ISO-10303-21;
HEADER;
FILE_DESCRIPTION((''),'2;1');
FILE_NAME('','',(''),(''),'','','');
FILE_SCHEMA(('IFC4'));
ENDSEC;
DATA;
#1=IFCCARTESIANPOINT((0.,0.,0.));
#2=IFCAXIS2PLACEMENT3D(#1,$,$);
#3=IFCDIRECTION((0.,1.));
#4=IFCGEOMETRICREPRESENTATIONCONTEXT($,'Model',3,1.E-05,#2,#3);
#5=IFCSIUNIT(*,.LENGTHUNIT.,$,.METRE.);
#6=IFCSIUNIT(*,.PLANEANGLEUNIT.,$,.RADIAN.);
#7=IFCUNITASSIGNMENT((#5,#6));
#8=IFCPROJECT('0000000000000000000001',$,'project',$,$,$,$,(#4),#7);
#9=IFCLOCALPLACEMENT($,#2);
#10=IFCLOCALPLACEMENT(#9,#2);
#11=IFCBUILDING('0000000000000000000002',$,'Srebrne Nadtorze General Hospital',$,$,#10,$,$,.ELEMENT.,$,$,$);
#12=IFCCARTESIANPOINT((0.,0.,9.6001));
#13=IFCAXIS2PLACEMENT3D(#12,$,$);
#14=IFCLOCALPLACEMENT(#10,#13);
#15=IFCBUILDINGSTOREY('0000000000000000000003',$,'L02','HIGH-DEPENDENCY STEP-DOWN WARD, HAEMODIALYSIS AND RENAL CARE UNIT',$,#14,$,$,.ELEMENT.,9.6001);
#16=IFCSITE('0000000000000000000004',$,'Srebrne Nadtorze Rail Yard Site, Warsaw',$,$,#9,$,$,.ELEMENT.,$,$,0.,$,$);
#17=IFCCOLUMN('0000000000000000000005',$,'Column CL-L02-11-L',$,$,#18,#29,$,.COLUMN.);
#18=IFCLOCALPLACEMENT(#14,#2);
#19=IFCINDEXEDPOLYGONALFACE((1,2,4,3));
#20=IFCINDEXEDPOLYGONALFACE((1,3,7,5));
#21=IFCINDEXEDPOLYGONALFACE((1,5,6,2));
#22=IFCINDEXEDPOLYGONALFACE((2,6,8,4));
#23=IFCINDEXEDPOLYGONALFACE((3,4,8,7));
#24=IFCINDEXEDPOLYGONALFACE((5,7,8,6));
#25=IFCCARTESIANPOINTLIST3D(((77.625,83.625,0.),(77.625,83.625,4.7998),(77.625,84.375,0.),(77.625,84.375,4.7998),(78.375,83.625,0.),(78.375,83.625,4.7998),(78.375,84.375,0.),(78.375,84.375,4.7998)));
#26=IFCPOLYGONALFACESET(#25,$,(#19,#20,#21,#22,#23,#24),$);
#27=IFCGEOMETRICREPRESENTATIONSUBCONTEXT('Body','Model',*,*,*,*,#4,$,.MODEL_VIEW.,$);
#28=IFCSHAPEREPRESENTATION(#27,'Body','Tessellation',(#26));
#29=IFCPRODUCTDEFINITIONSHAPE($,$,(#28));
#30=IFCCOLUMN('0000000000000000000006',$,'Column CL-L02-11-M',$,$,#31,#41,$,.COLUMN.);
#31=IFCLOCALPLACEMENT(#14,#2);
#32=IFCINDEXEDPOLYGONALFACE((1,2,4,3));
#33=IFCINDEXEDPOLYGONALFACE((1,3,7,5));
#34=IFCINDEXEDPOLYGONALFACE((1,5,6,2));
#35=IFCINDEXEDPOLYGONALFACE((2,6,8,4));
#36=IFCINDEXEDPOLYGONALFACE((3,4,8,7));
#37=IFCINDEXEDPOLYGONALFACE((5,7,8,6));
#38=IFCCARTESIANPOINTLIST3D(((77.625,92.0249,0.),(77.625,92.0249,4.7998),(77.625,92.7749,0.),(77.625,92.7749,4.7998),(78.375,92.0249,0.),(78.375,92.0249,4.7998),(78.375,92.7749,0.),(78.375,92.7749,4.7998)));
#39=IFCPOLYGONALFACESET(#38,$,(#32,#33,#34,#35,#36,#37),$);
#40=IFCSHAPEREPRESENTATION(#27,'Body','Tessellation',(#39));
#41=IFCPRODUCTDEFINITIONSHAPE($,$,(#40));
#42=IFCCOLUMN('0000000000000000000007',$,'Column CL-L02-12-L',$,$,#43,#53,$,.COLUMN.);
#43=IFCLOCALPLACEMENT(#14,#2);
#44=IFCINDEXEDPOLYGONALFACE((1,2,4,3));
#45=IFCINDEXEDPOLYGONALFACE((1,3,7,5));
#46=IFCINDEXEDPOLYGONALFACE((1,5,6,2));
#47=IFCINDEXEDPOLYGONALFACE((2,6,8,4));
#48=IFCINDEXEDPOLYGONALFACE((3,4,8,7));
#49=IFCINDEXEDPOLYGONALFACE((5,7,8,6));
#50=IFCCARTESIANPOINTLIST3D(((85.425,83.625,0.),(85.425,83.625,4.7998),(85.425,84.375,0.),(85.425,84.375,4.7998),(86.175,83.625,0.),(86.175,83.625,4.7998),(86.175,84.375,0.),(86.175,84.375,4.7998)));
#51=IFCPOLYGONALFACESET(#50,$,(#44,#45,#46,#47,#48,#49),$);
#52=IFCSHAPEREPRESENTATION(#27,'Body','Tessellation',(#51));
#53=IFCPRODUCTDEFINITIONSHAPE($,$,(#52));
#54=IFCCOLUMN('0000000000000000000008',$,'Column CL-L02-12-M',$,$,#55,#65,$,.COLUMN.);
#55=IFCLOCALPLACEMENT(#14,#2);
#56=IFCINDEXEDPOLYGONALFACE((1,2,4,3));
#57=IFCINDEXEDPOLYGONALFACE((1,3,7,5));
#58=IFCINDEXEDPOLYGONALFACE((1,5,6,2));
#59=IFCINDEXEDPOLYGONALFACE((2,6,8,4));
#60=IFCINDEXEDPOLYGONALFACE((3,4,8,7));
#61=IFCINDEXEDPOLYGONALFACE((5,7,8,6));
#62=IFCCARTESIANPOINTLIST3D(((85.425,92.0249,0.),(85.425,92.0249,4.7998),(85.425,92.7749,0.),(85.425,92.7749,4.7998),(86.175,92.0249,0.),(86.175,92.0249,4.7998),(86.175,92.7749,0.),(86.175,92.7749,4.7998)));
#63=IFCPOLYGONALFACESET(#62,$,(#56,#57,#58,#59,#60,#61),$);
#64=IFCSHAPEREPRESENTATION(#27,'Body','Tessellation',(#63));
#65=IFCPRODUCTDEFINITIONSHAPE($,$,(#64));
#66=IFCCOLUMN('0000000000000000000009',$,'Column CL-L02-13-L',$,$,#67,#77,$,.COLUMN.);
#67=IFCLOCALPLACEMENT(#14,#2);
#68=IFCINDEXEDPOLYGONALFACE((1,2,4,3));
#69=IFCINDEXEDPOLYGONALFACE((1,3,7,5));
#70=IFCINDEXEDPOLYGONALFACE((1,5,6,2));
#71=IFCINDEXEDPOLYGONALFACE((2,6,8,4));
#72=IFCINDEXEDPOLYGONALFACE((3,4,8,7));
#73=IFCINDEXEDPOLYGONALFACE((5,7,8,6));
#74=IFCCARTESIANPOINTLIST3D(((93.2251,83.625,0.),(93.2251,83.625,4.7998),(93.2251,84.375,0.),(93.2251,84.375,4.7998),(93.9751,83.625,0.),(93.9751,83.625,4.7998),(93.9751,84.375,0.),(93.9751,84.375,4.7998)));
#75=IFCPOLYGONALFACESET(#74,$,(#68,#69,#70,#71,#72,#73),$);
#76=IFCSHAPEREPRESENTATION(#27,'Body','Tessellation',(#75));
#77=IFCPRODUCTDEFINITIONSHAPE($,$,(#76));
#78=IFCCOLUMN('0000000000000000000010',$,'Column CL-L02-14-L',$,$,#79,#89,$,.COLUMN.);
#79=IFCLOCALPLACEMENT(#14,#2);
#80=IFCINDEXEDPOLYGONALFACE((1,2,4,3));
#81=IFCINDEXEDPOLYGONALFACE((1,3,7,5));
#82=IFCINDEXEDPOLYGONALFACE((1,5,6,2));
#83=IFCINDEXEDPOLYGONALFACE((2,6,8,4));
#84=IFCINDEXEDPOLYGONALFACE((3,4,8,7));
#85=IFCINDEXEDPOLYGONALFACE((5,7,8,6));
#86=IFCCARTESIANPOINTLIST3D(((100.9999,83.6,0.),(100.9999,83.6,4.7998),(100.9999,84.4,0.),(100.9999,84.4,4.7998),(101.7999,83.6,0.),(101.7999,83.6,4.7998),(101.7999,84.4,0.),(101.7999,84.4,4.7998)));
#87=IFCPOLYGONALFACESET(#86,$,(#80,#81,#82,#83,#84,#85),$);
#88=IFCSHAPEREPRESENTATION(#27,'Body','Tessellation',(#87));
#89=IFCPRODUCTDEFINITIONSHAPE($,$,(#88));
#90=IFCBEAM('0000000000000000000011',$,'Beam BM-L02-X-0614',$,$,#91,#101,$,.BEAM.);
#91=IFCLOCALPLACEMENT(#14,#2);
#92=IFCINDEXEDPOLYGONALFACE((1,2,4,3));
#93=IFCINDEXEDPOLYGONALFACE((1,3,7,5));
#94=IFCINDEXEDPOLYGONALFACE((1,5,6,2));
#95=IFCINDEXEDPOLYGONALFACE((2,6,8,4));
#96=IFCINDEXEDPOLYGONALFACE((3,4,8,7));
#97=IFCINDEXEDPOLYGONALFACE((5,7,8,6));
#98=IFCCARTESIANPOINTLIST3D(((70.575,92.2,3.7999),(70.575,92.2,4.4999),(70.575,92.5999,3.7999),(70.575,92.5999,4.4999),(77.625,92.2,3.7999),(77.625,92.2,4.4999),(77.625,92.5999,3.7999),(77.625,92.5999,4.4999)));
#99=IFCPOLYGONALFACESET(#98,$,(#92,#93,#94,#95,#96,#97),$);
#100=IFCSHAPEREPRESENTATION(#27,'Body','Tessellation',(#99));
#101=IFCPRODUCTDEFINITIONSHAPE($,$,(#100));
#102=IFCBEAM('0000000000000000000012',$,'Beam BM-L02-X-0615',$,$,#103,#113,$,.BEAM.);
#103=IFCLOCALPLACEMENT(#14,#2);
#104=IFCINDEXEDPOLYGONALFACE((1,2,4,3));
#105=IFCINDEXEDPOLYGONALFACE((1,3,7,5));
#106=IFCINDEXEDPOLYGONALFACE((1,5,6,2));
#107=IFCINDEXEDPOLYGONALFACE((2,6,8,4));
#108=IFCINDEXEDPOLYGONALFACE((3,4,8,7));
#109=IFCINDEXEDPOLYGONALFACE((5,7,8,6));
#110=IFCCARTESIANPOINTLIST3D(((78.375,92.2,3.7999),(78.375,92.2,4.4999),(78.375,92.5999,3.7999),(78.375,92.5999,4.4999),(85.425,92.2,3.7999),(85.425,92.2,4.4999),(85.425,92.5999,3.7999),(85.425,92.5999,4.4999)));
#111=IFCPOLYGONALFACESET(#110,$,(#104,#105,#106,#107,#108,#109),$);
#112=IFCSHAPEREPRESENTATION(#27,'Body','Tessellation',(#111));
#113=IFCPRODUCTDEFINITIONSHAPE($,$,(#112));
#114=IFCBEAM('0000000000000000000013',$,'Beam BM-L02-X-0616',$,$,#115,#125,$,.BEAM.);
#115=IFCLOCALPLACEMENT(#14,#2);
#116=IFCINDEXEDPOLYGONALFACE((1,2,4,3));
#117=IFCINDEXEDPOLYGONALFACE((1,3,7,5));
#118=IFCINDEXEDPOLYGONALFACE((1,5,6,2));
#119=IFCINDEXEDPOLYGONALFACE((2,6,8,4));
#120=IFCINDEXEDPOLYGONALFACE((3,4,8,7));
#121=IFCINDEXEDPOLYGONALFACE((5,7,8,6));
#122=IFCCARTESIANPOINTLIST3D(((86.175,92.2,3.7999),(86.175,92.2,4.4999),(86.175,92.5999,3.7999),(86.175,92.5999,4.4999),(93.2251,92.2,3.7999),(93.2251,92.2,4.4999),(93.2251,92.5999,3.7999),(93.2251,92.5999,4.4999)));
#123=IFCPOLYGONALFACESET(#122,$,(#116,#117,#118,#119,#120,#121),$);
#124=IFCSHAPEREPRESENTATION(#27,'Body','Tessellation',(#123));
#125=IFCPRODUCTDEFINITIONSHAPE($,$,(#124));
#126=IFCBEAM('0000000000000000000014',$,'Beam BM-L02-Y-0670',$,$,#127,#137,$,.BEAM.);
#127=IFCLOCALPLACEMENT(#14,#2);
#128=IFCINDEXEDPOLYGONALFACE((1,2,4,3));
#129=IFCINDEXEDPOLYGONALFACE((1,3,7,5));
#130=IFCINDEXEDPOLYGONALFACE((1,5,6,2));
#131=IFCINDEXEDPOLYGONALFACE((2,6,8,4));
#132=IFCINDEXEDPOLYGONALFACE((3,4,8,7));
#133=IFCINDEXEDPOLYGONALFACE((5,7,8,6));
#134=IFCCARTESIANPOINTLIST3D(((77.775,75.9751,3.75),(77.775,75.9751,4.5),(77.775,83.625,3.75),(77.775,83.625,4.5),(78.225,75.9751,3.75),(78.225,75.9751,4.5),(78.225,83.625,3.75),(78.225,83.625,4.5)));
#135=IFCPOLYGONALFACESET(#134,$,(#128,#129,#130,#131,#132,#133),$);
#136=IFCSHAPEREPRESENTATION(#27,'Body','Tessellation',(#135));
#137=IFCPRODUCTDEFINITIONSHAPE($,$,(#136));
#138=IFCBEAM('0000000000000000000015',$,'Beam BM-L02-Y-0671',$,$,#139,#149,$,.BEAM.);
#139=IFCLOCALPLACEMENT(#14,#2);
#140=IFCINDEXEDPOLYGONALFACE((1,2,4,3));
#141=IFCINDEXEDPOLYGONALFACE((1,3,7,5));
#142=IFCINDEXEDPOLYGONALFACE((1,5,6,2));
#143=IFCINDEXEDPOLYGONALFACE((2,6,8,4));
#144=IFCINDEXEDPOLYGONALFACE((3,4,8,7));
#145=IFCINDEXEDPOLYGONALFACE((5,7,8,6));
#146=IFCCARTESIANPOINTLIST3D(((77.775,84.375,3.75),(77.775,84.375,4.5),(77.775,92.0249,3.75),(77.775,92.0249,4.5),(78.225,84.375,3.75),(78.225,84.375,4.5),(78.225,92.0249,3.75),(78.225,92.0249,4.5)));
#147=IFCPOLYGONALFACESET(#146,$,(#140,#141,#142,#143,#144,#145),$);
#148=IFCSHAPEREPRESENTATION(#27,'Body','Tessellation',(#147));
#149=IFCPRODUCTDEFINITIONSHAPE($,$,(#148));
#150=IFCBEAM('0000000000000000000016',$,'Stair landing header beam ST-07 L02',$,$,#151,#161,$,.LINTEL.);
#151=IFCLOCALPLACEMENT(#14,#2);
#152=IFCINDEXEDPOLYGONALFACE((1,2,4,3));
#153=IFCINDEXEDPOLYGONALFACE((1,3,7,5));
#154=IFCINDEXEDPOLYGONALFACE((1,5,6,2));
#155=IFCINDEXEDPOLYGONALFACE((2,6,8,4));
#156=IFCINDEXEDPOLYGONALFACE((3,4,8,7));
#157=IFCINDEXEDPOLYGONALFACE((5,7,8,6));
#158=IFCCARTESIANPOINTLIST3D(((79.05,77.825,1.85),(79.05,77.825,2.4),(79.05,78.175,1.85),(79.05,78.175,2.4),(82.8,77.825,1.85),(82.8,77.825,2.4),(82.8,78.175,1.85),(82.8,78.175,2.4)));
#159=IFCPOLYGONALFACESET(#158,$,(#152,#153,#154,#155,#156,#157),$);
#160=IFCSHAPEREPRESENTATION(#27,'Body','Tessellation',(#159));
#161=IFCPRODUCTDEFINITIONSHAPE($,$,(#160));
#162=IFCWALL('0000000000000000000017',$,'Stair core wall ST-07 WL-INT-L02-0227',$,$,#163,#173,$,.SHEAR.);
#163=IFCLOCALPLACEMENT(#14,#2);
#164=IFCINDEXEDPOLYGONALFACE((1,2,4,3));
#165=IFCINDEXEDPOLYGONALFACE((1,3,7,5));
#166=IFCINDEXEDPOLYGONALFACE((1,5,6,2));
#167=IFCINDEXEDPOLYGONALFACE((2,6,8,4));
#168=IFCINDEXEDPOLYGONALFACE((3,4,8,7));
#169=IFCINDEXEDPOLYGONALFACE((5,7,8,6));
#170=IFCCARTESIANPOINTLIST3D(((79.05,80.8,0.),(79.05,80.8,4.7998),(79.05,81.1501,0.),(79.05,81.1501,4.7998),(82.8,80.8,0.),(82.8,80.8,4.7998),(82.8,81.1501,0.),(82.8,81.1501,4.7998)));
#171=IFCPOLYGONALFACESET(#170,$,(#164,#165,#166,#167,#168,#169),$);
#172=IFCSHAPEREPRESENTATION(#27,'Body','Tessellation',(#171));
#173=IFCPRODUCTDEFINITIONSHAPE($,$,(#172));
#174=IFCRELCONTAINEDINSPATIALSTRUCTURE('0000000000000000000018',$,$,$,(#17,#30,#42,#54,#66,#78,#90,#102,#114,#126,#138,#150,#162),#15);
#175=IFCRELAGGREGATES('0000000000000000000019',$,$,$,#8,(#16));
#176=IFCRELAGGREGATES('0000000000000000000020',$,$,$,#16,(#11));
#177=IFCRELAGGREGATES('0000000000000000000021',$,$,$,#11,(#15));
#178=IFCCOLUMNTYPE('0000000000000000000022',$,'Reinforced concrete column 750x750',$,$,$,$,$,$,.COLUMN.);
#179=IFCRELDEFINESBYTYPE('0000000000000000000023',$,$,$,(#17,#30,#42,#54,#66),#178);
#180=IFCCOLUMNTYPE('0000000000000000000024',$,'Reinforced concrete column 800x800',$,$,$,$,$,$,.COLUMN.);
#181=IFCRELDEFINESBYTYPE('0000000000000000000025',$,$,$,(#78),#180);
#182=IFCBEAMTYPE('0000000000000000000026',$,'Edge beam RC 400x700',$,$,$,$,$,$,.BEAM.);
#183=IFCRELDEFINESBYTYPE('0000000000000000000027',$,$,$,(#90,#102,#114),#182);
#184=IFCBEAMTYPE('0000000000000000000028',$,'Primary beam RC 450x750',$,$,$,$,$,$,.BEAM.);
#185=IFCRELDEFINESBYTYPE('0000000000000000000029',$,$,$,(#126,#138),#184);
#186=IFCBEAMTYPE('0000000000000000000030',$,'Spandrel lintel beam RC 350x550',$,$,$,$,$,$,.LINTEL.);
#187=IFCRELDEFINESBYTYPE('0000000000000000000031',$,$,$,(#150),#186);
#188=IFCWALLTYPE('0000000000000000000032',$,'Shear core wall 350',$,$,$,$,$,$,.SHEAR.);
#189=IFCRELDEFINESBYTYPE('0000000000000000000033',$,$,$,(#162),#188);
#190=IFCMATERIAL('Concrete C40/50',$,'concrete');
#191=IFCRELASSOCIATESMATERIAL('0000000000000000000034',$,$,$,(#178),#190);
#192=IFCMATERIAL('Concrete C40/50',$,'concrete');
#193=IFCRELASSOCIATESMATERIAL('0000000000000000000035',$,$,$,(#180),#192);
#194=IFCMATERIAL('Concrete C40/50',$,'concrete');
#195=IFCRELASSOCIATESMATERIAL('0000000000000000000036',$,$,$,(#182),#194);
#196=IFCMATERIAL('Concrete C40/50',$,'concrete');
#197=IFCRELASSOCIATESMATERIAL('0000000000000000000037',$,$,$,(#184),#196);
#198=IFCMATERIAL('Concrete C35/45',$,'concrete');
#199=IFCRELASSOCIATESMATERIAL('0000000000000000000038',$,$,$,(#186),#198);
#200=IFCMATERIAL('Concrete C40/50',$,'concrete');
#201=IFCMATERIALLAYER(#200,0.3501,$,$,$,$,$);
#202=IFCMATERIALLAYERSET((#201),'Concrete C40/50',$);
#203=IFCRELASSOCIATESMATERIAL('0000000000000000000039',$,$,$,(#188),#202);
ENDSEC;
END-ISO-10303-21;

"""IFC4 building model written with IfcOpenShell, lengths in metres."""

from ifc_helpers import new_model, si_unit, direction, frame, frame_2d, origin, origin_2d, place, context, subcontext, project, spatial, rectangle, extrude, material, layer, layer_set, material_profile, profile_set, type_object, element, save


model = new_model("IFC4")

# Units and contexts
model_context = context("Model", 3, precision=1e-05, world=origin(), true_north=direction((0.0, 1.0)))
body_context = subcontext(model_context, "Body", "Model", "MODEL_VIEW")
ifc_project = project(units=[si_unit("LENGTHUNIT", "METRE"), si_unit("PLANEANGLEUNIT", "RADIAN")], contexts=[model_context])

# Site, building, storey
site_placement = place(None, origin())
site = spatial("IfcSite", under=ifc_project, at=site_placement, Name="Srebrne Nadtorze Rail Yard Site, Warsaw", CompositionType="ELEMENT", RefElevation=0.0)
building_placement = place(site_placement, origin())
building = spatial("IfcBuilding", under=site, at=building_placement, Name="Srebrne Nadtorze General Hospital", CompositionType="ELEMENT")
storey_placement = place(building_placement, frame((0.0, 0.0, 9.6001)))
storey = spatial("IfcBuildingStorey", under=building, at=storey_placement, Name="L02", Description="HIGH-DEPENDENCY STEP-DOWN WARD, HAEMODIALYSIS AND RENAL CARE UNIT", CompositionType="ELEMENT", Elevation=9.6001)

# Columns
ifc_material_1 = material(Name="Concrete C40/50", Category="concrete")
ifc_material_profile_1 = material_profile(ifc_material_1, rectangle(XDim=0.75, YDim=0.75, at=origin_2d()), Name="RC-COL-750x750")
ifc_profile_set_1 = profile_set([ifc_material_profile_1], Name="Concrete C40/50")
column_type_1 = type_object("IfcColumnType", Name="Reinforced concrete column 750x750", PredefinedType="COLUMN", material=ifc_profile_set_1)
for number, where, z_axis, x_axis, name in (
    (1, (78.0, 84.0, 0.0), (0.0, 0.0, 1.0), (1.0, 0.0, 0.0), "Column CL-L02-11-L"),
    (2, (78.0, 92.3999, 0.0), (0.0, 0.0, 1.0), (1.0, 0.0, 0.0), "Column CL-L02-11-M"),
    (3, (85.8, 84.0, 0.0), (0.0, 0.0, 1.0), (1.0, 0.0, 0.0), "Column CL-L02-12-L"),
    (4, (85.8, 92.3999, 0.0), (0.0, 0.0, 1.0), (1.0, 0.0, 0.0), "Column CL-L02-12-M"),
    (5, (93.6001, 84.0, 0.0), (0.0, 0.0, 1.0), (1.0, 0.0, 0.0), "Column CL-L02-13-L"),
):
    element("IfcColumn", number, at=place(storey_placement, frame(where, z_axis=z_axis, x_axis=x_axis)), inside=storey, type_object=column_type_1, Name=name, PredefinedType="COLUMN", context=body_context, shape_type="SweptSolid", body=[
        extrude(rectangle(XDim=0.75, YDim=0.75, at=origin_2d()), origin(), (0.0, 0.0, 1.0), 4.7998),
    ])
ifc_material_2 = material(Name="Concrete C40/50", Category="concrete")
ifc_material_profile_2 = material_profile(ifc_material_2, rectangle(XDim=0.8, YDim=0.8, at=origin_2d()), Name="RC-COL-800x800")
ifc_profile_set_2 = profile_set([ifc_material_profile_2], Name="Concrete C40/50")
column_type_2 = type_object("IfcColumnType", Name="Reinforced concrete column 800x800", PredefinedType="COLUMN", material=ifc_profile_set_2)
column_placement = place(storey_placement, frame((101.3999, 84.0, 0.0), z_axis=(0.0, 0.0, 1.0), x_axis=(1.0, 0.0, 0.0)))
element("IfcColumn", 6, at=column_placement, inside=storey, type_object=column_type_2, Name="Column CL-L02-14-L", PredefinedType="COLUMN", context=body_context, shape_type="SweptSolid", body=[
    extrude(rectangle(XDim=0.8, YDim=0.8, at=origin_2d()), origin(), (0.0, 0.0, 1.0), 4.7998),
])

# Beams
ifc_material_3 = material(Name="Concrete C40/50", Category="concrete")
ifc_material_profile_3 = material_profile(ifc_material_3, rectangle(XDim=0.3999, YDim=0.7, at=origin_2d()), Name="RC-BM-400x700")
ifc_profile_set_3 = profile_set([ifc_material_profile_3], Name="Concrete C40/50")
beam_type_1 = type_object("IfcBeamType", Name="Edge beam RC 400x700", PredefinedType="BEAM", material=ifc_profile_set_3)
for number, where, z_axis, x_axis, name in (
    (7, (70.575, 92.3999, 4.1499), (1.0, 0.0, 0.0), (0.0, 1.0, 0.0), "Beam BM-L02-X-0614"),
    (8, (78.375, 92.3999, 4.1499), (1.0, 0.0, 0.0), (0.0, 1.0, 0.0), "Beam BM-L02-X-0615"),
    (9, (86.175, 92.3999, 4.1499), (1.0, 0.0, 0.0), (0.0, 1.0, 0.0), "Beam BM-L02-X-0616"),
):
    element("IfcBeam", number, at=place(storey_placement, frame(where, z_axis=z_axis, x_axis=x_axis)), inside=storey, type_object=beam_type_1, Name=name, PredefinedType="BEAM", context=body_context, shape_type="SweptSolid", body=[
        extrude(rectangle(XDim=0.3999, YDim=0.7, at=origin_2d()), origin(), (0.0, 0.0, 1.0), 7.05),
    ])
ifc_material_4 = material(Name="Concrete C40/50", Category="concrete")
ifc_material_profile_4 = material_profile(ifc_material_4, rectangle(XDim=0.45, YDim=0.75, at=origin_2d()), Name="RC-BM-450x750")
ifc_profile_set_4 = profile_set([ifc_material_profile_4], Name="Concrete C40/50")
beam_type_2 = type_object("IfcBeamType", Name="Primary beam RC 450x750", PredefinedType="BEAM", material=ifc_profile_set_4)
for number, where, z_axis, x_axis, name in (
    (10, (78.0, 75.9751, 4.125), (0.0, 1.0, 0.0), (-1.0, 0.0, 0.0), "Beam BM-L02-Y-0670"),
    (11, (78.0, 84.375, 4.125), (0.0, 1.0, 0.0), (-1.0, 0.0, 0.0), "Beam BM-L02-Y-0671"),
):
    element("IfcBeam", number, at=place(storey_placement, frame(where, z_axis=z_axis, x_axis=x_axis)), inside=storey, type_object=beam_type_2, Name=name, PredefinedType="BEAM", context=body_context, shape_type="SweptSolid", body=[
        extrude(rectangle(XDim=0.45, YDim=0.75, at=origin_2d()), origin(), (0.0, 0.0, 1.0), 7.6499),
    ])
ifc_material_5 = material(Name="Concrete C35/45", Category="concrete")
ifc_material_profile_5 = material_profile(ifc_material_5, rectangle(XDim=0.3501, YDim=0.55, at=origin_2d()), Name="RC-BM-350x550")
ifc_profile_set_5 = profile_set([ifc_material_profile_5], Name="Concrete C35/45")
beam_type_3 = type_object("IfcBeamType", Name="Spandrel lintel beam RC 350x550", PredefinedType="LINTEL", material=ifc_profile_set_5)
beam_placement = place(storey_placement, frame((79.05, 78.0, 2.125), z_axis=(1.0, 0.0, 0.0), x_axis=(0.0, 1.0, 0.0)))
element("IfcBeam", 12, at=beam_placement, inside=storey, type_object=beam_type_3, Name="Stair landing header beam ST-07 L02", PredefinedType="LINTEL", context=body_context, shape_type="SweptSolid", body=[
    extrude(rectangle(XDim=0.3501, YDim=0.55, at=origin_2d()), origin(), (0.0, 0.0, 1.0), 3.75),
])

# Wall
ifc_material_6 = material(Name="Concrete C40/50", Category="concrete")
ifc_layer_1 = layer(ifc_material_6, 0.3501)
ifc_layer_set_1 = layer_set([ifc_layer_1], Name="Concrete C40/50")
wall_type_1 = type_object("IfcWallType", Name="Shear core wall 350", PredefinedType="SHEAR", material=ifc_layer_set_1)
wall_1_placement = place(storey_placement, frame((79.05, 80.9751, 0.0), z_axis=(0.0, 0.0, 1.0), x_axis=(1.0, 0.0, 0.0)))
element("IfcWall", 13, at=wall_1_placement, inside=storey, type_object=wall_type_1, Name="Stair core wall ST-07 WL-INT-L02-0227", PredefinedType="SHEAR", context=body_context, shape_type="SweptSolid", body=[
    extrude(rectangle(XDim=3.75, YDim=0.3501, at=frame_2d((1.875, 0.0))), origin(), (0.0, 0.0, 1.0), 4.7998),
])

save(model, "model.ifc")
